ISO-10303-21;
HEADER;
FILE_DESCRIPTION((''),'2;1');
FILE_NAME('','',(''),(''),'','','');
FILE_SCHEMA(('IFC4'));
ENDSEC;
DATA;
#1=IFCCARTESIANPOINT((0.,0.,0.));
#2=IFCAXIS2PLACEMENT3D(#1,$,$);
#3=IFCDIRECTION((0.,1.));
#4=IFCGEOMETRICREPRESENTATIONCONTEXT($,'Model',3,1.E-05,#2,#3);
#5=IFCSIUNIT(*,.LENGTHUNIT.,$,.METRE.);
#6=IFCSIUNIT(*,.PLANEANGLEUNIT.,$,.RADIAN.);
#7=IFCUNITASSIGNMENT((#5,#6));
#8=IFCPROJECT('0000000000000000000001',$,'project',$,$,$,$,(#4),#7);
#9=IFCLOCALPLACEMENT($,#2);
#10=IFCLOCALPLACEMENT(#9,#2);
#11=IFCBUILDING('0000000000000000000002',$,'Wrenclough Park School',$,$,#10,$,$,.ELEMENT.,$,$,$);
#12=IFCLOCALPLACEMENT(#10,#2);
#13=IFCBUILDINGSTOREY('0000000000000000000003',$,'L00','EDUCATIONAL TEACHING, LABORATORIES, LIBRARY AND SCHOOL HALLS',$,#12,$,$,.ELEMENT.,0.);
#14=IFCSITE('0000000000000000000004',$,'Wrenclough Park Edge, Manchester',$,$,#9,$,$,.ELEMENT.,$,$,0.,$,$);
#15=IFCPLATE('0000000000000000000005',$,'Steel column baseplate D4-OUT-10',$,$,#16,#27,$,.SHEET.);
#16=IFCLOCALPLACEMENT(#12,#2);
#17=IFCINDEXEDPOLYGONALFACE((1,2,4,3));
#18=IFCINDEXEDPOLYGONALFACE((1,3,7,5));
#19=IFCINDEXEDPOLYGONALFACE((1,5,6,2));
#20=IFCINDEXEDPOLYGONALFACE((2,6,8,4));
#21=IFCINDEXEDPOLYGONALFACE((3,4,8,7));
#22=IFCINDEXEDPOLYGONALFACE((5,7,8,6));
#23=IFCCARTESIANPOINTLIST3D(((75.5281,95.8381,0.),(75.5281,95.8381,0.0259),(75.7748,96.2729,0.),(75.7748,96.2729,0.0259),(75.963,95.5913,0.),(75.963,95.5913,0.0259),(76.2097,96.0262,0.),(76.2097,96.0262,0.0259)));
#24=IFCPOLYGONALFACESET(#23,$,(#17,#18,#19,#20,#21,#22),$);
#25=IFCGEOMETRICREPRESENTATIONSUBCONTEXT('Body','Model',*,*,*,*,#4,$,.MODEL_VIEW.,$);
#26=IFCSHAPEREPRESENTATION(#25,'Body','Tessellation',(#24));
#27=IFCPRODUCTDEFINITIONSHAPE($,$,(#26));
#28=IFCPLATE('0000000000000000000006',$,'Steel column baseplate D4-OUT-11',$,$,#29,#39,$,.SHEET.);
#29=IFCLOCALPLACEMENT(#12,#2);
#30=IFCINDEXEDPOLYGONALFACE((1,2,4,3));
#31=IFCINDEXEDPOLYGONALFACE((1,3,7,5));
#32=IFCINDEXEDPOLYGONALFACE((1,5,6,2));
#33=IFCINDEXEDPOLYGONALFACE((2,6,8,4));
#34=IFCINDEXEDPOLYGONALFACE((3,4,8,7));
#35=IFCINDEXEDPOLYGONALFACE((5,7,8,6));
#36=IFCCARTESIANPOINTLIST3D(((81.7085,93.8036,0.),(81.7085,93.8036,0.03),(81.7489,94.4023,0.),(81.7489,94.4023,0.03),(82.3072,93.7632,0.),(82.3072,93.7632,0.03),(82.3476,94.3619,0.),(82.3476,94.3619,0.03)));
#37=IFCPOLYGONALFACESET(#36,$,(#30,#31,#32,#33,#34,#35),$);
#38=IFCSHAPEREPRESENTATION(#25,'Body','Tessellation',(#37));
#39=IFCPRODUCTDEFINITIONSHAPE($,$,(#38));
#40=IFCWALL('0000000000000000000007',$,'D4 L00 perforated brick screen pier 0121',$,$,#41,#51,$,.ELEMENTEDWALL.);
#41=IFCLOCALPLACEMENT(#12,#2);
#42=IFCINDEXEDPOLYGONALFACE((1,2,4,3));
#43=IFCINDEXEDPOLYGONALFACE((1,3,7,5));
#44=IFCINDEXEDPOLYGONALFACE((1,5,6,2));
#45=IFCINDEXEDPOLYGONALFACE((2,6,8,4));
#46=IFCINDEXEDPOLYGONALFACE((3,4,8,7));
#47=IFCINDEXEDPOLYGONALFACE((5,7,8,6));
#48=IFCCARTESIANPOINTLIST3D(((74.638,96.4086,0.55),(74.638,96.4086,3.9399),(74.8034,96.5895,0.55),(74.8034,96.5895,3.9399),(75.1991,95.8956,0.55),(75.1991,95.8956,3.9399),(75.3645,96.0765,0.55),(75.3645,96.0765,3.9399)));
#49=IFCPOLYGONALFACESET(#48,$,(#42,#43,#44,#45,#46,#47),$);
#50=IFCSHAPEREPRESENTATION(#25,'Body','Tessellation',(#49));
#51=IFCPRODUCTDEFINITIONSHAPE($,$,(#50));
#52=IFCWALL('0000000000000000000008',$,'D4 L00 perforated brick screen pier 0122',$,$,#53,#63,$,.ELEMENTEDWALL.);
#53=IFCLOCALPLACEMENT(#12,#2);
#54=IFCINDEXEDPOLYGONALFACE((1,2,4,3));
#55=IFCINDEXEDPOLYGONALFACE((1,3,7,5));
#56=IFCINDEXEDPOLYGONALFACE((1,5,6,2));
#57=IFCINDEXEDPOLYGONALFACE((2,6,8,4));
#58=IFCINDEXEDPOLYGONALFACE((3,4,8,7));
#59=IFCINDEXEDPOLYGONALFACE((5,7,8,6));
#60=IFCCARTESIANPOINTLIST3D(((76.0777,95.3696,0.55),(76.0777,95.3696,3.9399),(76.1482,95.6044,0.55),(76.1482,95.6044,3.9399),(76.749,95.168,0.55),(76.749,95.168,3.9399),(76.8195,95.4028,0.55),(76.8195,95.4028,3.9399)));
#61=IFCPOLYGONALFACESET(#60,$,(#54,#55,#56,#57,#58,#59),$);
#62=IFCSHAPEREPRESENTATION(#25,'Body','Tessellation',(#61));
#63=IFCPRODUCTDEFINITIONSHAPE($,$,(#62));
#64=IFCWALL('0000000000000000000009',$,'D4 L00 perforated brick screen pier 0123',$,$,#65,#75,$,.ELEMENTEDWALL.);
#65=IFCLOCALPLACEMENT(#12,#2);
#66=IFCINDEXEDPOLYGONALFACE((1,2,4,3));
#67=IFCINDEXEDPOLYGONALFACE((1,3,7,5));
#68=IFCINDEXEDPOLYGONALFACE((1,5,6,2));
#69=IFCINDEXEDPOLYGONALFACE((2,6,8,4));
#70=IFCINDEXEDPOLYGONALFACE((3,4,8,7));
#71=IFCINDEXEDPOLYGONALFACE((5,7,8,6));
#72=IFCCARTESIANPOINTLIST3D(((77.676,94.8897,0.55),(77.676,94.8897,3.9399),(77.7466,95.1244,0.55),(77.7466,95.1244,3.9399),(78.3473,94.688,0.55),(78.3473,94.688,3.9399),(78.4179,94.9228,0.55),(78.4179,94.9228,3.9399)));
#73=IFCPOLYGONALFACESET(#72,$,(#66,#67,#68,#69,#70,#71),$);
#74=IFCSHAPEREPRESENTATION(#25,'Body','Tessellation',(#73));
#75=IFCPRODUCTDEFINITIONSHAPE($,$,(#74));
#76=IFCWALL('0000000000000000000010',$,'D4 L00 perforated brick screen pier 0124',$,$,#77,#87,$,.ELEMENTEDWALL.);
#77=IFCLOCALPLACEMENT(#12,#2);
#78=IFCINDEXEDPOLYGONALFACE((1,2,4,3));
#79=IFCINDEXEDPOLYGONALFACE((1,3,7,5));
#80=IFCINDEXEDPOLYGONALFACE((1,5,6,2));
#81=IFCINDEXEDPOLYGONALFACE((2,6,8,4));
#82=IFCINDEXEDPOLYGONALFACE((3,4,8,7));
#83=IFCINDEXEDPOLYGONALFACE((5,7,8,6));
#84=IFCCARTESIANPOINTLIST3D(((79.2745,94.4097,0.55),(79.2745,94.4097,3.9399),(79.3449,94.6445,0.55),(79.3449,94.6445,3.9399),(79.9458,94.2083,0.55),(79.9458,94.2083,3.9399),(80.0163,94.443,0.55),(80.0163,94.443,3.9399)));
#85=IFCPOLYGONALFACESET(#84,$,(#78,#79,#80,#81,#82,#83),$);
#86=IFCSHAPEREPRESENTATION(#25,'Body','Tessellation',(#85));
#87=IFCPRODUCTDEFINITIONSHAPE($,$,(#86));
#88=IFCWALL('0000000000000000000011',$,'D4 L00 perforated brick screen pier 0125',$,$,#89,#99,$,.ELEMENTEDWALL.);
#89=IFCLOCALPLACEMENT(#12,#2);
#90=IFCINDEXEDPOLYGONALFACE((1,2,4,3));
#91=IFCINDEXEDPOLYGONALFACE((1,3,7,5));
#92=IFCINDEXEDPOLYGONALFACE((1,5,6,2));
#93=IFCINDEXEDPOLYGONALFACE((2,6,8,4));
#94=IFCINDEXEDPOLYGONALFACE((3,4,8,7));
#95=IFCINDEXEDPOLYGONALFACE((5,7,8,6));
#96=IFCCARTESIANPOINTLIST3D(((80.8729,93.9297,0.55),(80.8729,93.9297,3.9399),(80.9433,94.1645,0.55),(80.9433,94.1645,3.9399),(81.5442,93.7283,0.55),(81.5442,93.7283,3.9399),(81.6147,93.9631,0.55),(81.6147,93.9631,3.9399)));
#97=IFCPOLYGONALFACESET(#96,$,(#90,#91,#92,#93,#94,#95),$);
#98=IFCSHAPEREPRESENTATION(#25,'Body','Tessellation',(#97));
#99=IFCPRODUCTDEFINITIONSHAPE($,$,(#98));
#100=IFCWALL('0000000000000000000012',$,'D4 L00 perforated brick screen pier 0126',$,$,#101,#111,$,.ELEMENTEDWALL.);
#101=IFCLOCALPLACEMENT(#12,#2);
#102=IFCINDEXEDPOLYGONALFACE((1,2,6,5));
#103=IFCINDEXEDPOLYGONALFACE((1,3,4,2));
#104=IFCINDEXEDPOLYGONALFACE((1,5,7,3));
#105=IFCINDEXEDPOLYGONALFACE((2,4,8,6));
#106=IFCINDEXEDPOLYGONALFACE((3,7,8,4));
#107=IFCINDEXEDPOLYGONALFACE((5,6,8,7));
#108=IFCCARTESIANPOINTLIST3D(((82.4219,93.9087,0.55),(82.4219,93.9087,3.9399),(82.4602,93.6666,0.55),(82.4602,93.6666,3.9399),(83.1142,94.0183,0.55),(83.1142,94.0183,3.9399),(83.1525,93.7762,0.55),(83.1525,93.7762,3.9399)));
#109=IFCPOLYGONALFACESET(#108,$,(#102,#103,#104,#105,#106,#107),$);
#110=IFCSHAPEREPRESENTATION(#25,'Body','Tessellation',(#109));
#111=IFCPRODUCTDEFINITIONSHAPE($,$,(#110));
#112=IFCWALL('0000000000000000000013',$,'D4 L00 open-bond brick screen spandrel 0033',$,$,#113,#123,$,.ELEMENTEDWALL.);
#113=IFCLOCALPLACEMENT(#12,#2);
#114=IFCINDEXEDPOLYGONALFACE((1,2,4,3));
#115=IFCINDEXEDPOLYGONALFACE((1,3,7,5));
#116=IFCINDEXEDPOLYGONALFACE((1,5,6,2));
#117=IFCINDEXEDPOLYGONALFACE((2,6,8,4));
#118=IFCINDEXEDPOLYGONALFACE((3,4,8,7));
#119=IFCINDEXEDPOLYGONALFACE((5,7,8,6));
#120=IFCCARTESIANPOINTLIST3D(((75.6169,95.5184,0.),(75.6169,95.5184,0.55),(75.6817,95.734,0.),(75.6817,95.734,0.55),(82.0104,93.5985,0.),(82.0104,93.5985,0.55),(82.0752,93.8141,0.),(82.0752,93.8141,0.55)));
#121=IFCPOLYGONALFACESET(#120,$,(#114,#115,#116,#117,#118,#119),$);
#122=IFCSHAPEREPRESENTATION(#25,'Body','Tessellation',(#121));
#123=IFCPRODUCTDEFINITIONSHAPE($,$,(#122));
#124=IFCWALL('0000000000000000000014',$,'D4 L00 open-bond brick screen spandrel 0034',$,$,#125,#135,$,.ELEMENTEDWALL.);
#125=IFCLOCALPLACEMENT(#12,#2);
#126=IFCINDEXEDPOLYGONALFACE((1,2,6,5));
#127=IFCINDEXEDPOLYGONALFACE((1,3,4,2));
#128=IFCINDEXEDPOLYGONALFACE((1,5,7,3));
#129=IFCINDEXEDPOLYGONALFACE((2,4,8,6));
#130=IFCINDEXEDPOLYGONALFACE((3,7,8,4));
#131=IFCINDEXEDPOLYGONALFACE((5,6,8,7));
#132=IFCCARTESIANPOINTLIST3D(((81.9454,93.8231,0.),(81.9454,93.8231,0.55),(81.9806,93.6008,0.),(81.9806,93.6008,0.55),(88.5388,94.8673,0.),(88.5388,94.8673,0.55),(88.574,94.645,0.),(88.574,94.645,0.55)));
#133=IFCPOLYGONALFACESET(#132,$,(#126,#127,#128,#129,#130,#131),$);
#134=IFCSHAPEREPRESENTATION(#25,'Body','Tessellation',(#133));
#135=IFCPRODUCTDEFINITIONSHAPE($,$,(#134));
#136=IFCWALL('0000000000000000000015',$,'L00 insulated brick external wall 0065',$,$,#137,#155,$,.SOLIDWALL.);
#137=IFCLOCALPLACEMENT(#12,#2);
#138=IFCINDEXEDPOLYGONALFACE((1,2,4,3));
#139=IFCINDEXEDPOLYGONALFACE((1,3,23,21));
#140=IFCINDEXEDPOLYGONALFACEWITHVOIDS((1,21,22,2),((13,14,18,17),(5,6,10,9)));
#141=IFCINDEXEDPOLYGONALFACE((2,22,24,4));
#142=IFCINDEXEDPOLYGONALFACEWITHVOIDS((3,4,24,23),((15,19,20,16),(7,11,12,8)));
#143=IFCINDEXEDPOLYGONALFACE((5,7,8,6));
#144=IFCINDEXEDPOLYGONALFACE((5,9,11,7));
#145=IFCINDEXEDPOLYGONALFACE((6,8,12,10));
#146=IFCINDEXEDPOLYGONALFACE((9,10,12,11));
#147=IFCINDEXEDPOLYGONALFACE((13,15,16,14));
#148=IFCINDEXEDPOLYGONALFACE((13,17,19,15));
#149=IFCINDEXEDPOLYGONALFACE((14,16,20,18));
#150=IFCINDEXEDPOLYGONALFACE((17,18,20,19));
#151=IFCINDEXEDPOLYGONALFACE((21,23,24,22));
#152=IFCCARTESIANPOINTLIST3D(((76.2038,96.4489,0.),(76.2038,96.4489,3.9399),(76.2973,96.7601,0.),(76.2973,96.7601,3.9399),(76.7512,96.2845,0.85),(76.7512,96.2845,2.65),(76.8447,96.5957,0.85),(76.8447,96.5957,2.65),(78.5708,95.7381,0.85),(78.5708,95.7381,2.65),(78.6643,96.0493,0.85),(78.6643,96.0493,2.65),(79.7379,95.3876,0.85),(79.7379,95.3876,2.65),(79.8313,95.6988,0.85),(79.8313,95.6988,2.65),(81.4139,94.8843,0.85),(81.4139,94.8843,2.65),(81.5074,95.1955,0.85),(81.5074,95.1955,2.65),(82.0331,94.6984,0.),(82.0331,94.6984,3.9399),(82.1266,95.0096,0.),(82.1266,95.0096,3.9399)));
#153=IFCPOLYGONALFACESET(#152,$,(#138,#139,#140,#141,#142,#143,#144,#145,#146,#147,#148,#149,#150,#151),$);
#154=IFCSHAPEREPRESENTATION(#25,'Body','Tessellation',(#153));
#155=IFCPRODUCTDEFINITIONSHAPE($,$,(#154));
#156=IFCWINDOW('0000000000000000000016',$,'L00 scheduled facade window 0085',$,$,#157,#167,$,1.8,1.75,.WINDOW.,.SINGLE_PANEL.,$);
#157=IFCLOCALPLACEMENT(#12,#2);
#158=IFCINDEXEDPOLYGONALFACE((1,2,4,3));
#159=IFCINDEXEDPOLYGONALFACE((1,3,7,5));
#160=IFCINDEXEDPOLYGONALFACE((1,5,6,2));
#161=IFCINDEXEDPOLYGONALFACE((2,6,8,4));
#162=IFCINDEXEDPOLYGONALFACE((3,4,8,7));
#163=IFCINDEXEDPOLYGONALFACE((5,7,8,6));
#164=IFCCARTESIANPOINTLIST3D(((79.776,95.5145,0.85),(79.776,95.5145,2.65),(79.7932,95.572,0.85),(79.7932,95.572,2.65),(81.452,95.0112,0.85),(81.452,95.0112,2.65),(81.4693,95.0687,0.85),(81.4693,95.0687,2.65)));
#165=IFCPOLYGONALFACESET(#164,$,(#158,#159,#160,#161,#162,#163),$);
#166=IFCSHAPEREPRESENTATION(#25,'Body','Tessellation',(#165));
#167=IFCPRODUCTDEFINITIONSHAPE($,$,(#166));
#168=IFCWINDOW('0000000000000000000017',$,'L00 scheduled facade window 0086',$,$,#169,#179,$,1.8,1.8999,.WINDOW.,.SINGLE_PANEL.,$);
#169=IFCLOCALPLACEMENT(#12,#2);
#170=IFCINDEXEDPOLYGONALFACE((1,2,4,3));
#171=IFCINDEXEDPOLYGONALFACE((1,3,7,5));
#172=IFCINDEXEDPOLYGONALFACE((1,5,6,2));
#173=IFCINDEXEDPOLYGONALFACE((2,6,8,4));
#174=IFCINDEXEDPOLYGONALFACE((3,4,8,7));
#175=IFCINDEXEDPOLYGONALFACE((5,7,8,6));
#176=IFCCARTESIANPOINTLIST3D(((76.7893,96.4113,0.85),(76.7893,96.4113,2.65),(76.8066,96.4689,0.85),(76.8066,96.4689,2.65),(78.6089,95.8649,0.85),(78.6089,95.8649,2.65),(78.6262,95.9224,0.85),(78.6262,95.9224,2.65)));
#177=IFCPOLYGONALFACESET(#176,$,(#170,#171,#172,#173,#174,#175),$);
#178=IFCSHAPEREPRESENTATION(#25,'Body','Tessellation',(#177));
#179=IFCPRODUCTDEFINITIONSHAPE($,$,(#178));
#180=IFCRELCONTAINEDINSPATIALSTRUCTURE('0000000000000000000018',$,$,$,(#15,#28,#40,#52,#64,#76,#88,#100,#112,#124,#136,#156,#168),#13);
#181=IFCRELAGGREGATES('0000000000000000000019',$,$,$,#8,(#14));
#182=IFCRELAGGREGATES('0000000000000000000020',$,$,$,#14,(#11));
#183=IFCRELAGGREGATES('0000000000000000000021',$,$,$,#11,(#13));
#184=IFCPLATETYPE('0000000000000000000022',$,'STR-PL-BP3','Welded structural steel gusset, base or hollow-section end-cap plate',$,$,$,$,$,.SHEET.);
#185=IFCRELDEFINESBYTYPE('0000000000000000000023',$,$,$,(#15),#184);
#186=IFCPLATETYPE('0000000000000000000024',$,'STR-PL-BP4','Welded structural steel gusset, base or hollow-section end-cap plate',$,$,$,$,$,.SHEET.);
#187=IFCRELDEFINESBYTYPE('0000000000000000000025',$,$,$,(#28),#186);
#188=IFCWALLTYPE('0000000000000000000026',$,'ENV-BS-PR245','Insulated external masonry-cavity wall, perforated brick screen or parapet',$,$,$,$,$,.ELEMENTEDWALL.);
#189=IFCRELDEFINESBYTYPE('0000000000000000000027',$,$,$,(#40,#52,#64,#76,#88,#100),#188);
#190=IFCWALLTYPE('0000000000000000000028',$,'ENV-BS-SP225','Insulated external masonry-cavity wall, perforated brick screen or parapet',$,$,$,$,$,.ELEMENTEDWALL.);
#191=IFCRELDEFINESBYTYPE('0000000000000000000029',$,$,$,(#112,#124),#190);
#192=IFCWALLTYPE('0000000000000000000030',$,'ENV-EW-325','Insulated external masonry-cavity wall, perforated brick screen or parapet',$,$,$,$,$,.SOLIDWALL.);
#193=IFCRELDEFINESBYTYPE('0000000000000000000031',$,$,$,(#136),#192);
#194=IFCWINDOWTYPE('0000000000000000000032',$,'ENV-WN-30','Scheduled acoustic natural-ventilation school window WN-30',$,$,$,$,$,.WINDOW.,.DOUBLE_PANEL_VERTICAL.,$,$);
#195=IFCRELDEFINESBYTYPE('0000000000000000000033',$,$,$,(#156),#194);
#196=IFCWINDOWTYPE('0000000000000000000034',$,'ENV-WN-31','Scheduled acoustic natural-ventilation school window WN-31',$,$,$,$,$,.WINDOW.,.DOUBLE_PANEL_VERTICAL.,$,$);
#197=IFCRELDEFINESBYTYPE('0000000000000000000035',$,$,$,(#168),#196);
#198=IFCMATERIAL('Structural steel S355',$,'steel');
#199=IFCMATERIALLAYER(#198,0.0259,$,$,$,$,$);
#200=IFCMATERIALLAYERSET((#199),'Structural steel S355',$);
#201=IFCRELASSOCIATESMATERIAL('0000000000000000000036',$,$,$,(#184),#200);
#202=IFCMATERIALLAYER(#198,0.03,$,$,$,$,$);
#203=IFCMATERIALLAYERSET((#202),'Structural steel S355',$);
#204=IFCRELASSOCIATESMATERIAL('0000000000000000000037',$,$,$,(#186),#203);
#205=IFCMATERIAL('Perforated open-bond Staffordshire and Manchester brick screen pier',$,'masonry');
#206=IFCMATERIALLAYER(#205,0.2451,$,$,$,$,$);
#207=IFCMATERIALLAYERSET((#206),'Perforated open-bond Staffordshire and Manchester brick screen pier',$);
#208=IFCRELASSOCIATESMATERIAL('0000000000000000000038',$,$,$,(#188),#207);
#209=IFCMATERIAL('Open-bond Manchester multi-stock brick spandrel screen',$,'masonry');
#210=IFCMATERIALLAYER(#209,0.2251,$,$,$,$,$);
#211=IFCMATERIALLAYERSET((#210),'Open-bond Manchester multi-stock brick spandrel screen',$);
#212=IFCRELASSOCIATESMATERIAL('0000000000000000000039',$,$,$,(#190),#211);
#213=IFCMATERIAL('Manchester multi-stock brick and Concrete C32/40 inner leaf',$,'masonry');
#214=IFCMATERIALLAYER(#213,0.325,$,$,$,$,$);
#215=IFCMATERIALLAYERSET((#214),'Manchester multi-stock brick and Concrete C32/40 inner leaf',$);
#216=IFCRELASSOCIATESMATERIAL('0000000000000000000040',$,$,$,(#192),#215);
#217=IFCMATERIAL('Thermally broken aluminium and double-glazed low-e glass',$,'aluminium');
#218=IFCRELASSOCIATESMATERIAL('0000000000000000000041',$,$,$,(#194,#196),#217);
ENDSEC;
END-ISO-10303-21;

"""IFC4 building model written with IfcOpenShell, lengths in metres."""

from ifc_helpers import new_model, si_unit, direction, frame, frame_2d, origin, origin_2d, place, context, subcontext, project, spatial, rectangle, extrude, material, layer, layer_set, type_object, element, fill, save


model = new_model("IFC4")

# Units and contexts
model_context = context("Model", 3, precision=1e-05, world=origin(), true_north=direction((0.0, 1.0)))
body_context = subcontext(model_context, "Body", "Model", "MODEL_VIEW")
ifc_project = project(units=[si_unit("LENGTHUNIT", "METRE"), si_unit("PLANEANGLEUNIT", "RADIAN")], contexts=[model_context])

# Site, building, storey
site_placement = place(None, origin())
site = spatial("IfcSite", under=ifc_project, at=site_placement, Name="Wrenclough Park Edge, Manchester", CompositionType="ELEMENT", RefElevation=0.0)
building_placement = place(site_placement, origin())
building = spatial("IfcBuilding", under=site, at=building_placement, Name="Wrenclough Park School", CompositionType="ELEMENT")
storey_placement = place(building_placement, origin())
storey = spatial("IfcBuildingStorey", under=building, at=storey_placement, Name="L00", Description="EDUCATIONAL TEACHING, LABORATORIES, LIBRARY AND SCHOOL HALLS", CompositionType="ELEMENT", Elevation=0.0)

# Shared definitions
ifc_material_1 = material(Name="Structural steel S355", Category="steel")

# Plates
ifc_layer_1 = layer(ifc_material_1, 0.0259)
ifc_layer_set_1 = layer_set([ifc_layer_1], Name="Structural steel S355")
plate_type_1 = type_object("IfcPlateType", Name="STR-PL-BP3", Description="Welded structural steel gusset, base or hollow-section end-cap plate", PredefinedType="SHEET", material=ifc_layer_set_1)
plate_1_placement = place(storey_placement, frame((75.8689, 95.9321, 0.0), z_axis=(0.0, 0.0, 1.0), x_axis=(0.869753, -0.493487, 0.0)))
element("IfcPlate", 1, at=plate_1_placement, inside=storey, type_object=plate_type_1, Name="Steel column baseplate D4-OUT-10", PredefinedType="SHEET", context=body_context, shape_type="SweptSolid", body=[
    extrude(rectangle(XDim=0.5, YDim=0.5, at=origin_2d()), origin(), (0.0, 0.0, 1.0), 0.0259),
])
ifc_layer_2 = layer(ifc_material_1, 0.03)
ifc_layer_set_2 = layer_set([ifc_layer_2], Name="Structural steel S355")
plate_type_2 = type_object("IfcPlateType", Name="STR-PL-BP4", Description="Welded structural steel gusset, base or hollow-section end-cap plate", PredefinedType="SHEET", material=ifc_layer_set_2)
plate_2_placement = place(storey_placement, frame((82.0281, 94.0828, 0.0), z_axis=(0.0, 0.0, 1.0), x_axis=(0.997732, -0.067319, 0.0)))
element("IfcPlate", 2, at=plate_2_placement, inside=storey, type_object=plate_type_2, Name="Steel column baseplate D4-OUT-11", PredefinedType="SHEET", context=body_context, shape_type="SweptSolid", body=[
    extrude(rectangle(XDim=0.6001, YDim=0.6001, at=origin_2d()), origin(), (0.0, 0.0, 1.0), 0.03),
])

# Walls
ifc_material_2 = material(Name="Perforated open-bond Staffordshire and Manchester brick screen pier", Category="masonry")
ifc_layer_3 = layer(ifc_material_2, 0.2451)
ifc_layer_set_3 = layer_set([ifc_layer_3], Name="Perforated open-bond Staffordshire and Manchester brick screen pier")
wall_type_1 = type_object("IfcWallType", Name="ENV-BS-PR245", Description="Insulated external masonry-cavity wall, perforated brick screen or parapet", PredefinedType="ELEMENTEDWALL", material=ifc_layer_set_3)
wall_1_placement = place(storey_placement, frame((74.7207, 96.499, 0.55), z_axis=(0.0, 0.0, 1.0), x_axis=(0.738033, -0.674764, 0.0)))
element("IfcWall", 3, at=wall_1_placement, inside=storey, type_object=wall_type_1, Name="D4 L00 perforated brick screen pier 0121", PredefinedType="ELEMENTEDWALL", context=body_context, shape_type="SweptSolid", body=[
    extrude(rectangle(XDim=0.7603, YDim=0.2451, at=frame_2d((0.3801, 0.0))), origin(), (0.0, 0.0, 1.0), 3.3899),
])
for number, where, z_axis, x_axis, name in (
    (4, (76.1128, 95.4871, 0.55), (0.0, 0.0, 1.0), (0.95773, -0.287667, 0.0), "D4 L00 perforated brick screen pier 0122"),
    (5, (77.7112, 95.0071, 0.55), (0.0, 0.0, 1.0), (0.95773, -0.287667, 0.0), "D4 L00 perforated brick screen pier 0123"),
    (6, (79.3096, 94.5271, 0.55), (0.0, 0.0, 1.0), (0.957826, -0.287348, 0.0), "D4 L00 perforated brick screen pier 0124"),
    (7, (80.908, 94.0471, 0.55), (0.0, 0.0, 1.0), (0.957826, -0.287348, 0.0), "D4 L00 perforated brick screen pier 0125"),
    (8, (82.4409, 93.7876, 0.55), (0.0, 0.0, 1.0), (0.987698, 0.156374, 0.0), "D4 L00 perforated brick screen pier 0126"),
):
    element("IfcWall", number, at=place(storey_placement, frame(where, z_axis=z_axis, x_axis=x_axis)), inside=storey, type_object=wall_type_1, Name=name, PredefinedType="ELEMENTEDWALL", context=body_context, shape_type="SweptSolid", body=[
        extrude(rectangle(XDim=0.7009, YDim=0.2451, at=frame_2d((0.3506, 0.0))), origin(), (0.0, 0.0, 1.0), 3.3899),
    ])
ifc_material_3 = material(Name="Open-bond Manchester multi-stock brick spandrel screen", Category="masonry")
ifc_layer_4 = layer(ifc_material_3, 0.2251)
ifc_layer_set_4 = layer_set([ifc_layer_4], Name="Open-bond Manchester multi-stock brick spandrel screen")
wall_type_2 = type_object("IfcWallType", Name="ENV-BS-SP225", Description="Insulated external masonry-cavity wall, perforated brick screen or parapet", PredefinedType="ELEMENTEDWALL", material=ifc_layer_set_4)
for number, where, z_axis, x_axis, name in (
    (9, (75.6492, 95.6262, 0.0), (0.0, 0.0, 1.0), (0.95775, -0.287603, 0.0), "D4 L00 open-bond brick screen spandrel 0033"),
    (10, (81.9629, 93.7119, 0.0), (0.0, 0.0, 1.0), (0.98769, 0.156423, 0.0), "D4 L00 open-bond brick screen spandrel 0034"),
):
    element("IfcWall", number, at=place(storey_placement, frame(where, z_axis=z_axis, x_axis=x_axis)), inside=storey, type_object=wall_type_2, Name=name, PredefinedType="ELEMENTEDWALL", context=body_context, shape_type="SweptSolid", body=[
        extrude(rectangle(XDim=6.6755, YDim=0.2251, at=frame_2d((3.3379, 0.0))), origin(), (0.0, 0.0, 1.0), 0.55),
    ])

# Wall, openings, windows
ifc_material_4 = material(Name="Manchester multi-stock brick and Concrete C32/40 inner leaf", Category="masonry")
ifc_layer_5 = layer(ifc_material_4, 0.325)
ifc_layer_set_5 = layer_set([ifc_layer_5], Name="Manchester multi-stock brick and Concrete C32/40 inner leaf")
wall_type_3 = type_object("IfcWallType", Name="ENV-EW-325", Description="Insulated external masonry-cavity wall, perforated brick screen or parapet", PredefinedType="SOLIDWALL", material=ifc_layer_set_5)
wall_2_placement = place(storey_placement, frame((82.0798, 94.854, 0.0), z_axis=(0.0, 0.0, 1.0), x_axis=(-0.95775, 0.287602, 0.0)))
wall_2 = element("IfcWall", 11, at=wall_2_placement, inside=storey, type_object=wall_type_3, Name="L00 insulated brick external wall 0065", PredefinedType="SOLIDWALL", context=body_context, shape_type="SweptSolid", body=[
    extrude(rectangle(XDim=6.0864, YDim=0.325, at=frame_2d((3.0432, 0.0))), origin(), (0.0, 0.0, 1.0), 3.9399),
])
opening_1_placement = place(wall_2_placement, frame((0.6465, 0.0, 0.8501)))
opening_1 = element("IfcOpeningElement", 12, at=opening_1_placement, cuts=wall_2, PredefinedType="OPENING", context=body_context, shape_type="SweptSolid", body=[
    extrude(rectangle(XDim=1.75, YDim=1.8, at=frame_2d((0.875, 0.8999))), frame((0.0, 0.1724, 0.0), z_axis=(0.0, -1.0, 0.0), x_axis=(1.0, 0.0, 0.0)), (0.0, 0.0, 1.0), 0.345),
])
opening_2_placement = place(wall_2_placement, frame((3.615, 0.0, 0.8501)))
opening_2 = element("IfcOpeningElement", 13, at=opening_2_placement, cuts=wall_2, PredefinedType="OPENING", context=body_context, shape_type="SweptSolid", body=[
    extrude(rectangle(XDim=1.8999, YDim=1.8, at=frame_2d((0.95, 0.8999))), frame((0.0, 0.1724, 0.0), z_axis=(0.0, -1.0, 0.0), x_axis=(1.0, 0.0, 0.0)), (0.0, 0.0, 1.0), 0.345),
])
ifc_material_5 = material(Name="Thermally broken aluminium and double-glazed low-e glass", Category="aluminium")
window_type_1 = type_object("IfcWindowType", Name="ENV-WN-30", Description="Scheduled acoustic natural-ventilation school window WN-30", PartitioningType="DOUBLE_PANEL_VERTICAL", PredefinedType="WINDOW", material=ifc_material_5)
window_1_placement = place(opening_1_placement, origin())
window_1 = element("IfcWindow", 14, at=window_1_placement, inside=storey, type_object=window_type_1, Name="L00 scheduled facade window 0085", OverallHeight=1.8, OverallWidth=1.75, PartitioningType="SINGLE_PANEL", PredefinedType="WINDOW", context=body_context, shape_type="SweptSolid", body=[
    extrude(rectangle(XDim=1.75, YDim=1.8, at=frame_2d((0.875, 0.8999))), frame((0.0, 0.03, 0.0), z_axis=(0.0, -1.0, 0.0), x_axis=(1.0, 0.0, 0.0)), (0.0, 0.0, 1.0), 0.0601),
])
fill(opening_1, window_1)
window_type_2 = type_object("IfcWindowType", Name="ENV-WN-31", Description="Scheduled acoustic natural-ventilation school window WN-31", PartitioningType="DOUBLE_PANEL_VERTICAL", PredefinedType="WINDOW", material=ifc_material_5)
window_2_placement = place(opening_2_placement, origin())
window_2 = element("IfcWindow", 15, at=window_2_placement, inside=storey, type_object=window_type_2, Name="L00 scheduled facade window 0086", OverallHeight=1.8, OverallWidth=1.8999, PartitioningType="SINGLE_PANEL", PredefinedType="WINDOW", context=body_context, shape_type="SweptSolid", body=[
    extrude(rectangle(XDim=1.8999, YDim=1.8, at=frame_2d((0.95, 0.8999))), frame((0.0, 0.03, 0.0), z_axis=(0.0, -1.0, 0.0), x_axis=(1.0, 0.0, 0.0)), (0.0, 0.0, 1.0), 0.0601),
])
fill(opening_2, window_2)

save(model, "model.ifc")
